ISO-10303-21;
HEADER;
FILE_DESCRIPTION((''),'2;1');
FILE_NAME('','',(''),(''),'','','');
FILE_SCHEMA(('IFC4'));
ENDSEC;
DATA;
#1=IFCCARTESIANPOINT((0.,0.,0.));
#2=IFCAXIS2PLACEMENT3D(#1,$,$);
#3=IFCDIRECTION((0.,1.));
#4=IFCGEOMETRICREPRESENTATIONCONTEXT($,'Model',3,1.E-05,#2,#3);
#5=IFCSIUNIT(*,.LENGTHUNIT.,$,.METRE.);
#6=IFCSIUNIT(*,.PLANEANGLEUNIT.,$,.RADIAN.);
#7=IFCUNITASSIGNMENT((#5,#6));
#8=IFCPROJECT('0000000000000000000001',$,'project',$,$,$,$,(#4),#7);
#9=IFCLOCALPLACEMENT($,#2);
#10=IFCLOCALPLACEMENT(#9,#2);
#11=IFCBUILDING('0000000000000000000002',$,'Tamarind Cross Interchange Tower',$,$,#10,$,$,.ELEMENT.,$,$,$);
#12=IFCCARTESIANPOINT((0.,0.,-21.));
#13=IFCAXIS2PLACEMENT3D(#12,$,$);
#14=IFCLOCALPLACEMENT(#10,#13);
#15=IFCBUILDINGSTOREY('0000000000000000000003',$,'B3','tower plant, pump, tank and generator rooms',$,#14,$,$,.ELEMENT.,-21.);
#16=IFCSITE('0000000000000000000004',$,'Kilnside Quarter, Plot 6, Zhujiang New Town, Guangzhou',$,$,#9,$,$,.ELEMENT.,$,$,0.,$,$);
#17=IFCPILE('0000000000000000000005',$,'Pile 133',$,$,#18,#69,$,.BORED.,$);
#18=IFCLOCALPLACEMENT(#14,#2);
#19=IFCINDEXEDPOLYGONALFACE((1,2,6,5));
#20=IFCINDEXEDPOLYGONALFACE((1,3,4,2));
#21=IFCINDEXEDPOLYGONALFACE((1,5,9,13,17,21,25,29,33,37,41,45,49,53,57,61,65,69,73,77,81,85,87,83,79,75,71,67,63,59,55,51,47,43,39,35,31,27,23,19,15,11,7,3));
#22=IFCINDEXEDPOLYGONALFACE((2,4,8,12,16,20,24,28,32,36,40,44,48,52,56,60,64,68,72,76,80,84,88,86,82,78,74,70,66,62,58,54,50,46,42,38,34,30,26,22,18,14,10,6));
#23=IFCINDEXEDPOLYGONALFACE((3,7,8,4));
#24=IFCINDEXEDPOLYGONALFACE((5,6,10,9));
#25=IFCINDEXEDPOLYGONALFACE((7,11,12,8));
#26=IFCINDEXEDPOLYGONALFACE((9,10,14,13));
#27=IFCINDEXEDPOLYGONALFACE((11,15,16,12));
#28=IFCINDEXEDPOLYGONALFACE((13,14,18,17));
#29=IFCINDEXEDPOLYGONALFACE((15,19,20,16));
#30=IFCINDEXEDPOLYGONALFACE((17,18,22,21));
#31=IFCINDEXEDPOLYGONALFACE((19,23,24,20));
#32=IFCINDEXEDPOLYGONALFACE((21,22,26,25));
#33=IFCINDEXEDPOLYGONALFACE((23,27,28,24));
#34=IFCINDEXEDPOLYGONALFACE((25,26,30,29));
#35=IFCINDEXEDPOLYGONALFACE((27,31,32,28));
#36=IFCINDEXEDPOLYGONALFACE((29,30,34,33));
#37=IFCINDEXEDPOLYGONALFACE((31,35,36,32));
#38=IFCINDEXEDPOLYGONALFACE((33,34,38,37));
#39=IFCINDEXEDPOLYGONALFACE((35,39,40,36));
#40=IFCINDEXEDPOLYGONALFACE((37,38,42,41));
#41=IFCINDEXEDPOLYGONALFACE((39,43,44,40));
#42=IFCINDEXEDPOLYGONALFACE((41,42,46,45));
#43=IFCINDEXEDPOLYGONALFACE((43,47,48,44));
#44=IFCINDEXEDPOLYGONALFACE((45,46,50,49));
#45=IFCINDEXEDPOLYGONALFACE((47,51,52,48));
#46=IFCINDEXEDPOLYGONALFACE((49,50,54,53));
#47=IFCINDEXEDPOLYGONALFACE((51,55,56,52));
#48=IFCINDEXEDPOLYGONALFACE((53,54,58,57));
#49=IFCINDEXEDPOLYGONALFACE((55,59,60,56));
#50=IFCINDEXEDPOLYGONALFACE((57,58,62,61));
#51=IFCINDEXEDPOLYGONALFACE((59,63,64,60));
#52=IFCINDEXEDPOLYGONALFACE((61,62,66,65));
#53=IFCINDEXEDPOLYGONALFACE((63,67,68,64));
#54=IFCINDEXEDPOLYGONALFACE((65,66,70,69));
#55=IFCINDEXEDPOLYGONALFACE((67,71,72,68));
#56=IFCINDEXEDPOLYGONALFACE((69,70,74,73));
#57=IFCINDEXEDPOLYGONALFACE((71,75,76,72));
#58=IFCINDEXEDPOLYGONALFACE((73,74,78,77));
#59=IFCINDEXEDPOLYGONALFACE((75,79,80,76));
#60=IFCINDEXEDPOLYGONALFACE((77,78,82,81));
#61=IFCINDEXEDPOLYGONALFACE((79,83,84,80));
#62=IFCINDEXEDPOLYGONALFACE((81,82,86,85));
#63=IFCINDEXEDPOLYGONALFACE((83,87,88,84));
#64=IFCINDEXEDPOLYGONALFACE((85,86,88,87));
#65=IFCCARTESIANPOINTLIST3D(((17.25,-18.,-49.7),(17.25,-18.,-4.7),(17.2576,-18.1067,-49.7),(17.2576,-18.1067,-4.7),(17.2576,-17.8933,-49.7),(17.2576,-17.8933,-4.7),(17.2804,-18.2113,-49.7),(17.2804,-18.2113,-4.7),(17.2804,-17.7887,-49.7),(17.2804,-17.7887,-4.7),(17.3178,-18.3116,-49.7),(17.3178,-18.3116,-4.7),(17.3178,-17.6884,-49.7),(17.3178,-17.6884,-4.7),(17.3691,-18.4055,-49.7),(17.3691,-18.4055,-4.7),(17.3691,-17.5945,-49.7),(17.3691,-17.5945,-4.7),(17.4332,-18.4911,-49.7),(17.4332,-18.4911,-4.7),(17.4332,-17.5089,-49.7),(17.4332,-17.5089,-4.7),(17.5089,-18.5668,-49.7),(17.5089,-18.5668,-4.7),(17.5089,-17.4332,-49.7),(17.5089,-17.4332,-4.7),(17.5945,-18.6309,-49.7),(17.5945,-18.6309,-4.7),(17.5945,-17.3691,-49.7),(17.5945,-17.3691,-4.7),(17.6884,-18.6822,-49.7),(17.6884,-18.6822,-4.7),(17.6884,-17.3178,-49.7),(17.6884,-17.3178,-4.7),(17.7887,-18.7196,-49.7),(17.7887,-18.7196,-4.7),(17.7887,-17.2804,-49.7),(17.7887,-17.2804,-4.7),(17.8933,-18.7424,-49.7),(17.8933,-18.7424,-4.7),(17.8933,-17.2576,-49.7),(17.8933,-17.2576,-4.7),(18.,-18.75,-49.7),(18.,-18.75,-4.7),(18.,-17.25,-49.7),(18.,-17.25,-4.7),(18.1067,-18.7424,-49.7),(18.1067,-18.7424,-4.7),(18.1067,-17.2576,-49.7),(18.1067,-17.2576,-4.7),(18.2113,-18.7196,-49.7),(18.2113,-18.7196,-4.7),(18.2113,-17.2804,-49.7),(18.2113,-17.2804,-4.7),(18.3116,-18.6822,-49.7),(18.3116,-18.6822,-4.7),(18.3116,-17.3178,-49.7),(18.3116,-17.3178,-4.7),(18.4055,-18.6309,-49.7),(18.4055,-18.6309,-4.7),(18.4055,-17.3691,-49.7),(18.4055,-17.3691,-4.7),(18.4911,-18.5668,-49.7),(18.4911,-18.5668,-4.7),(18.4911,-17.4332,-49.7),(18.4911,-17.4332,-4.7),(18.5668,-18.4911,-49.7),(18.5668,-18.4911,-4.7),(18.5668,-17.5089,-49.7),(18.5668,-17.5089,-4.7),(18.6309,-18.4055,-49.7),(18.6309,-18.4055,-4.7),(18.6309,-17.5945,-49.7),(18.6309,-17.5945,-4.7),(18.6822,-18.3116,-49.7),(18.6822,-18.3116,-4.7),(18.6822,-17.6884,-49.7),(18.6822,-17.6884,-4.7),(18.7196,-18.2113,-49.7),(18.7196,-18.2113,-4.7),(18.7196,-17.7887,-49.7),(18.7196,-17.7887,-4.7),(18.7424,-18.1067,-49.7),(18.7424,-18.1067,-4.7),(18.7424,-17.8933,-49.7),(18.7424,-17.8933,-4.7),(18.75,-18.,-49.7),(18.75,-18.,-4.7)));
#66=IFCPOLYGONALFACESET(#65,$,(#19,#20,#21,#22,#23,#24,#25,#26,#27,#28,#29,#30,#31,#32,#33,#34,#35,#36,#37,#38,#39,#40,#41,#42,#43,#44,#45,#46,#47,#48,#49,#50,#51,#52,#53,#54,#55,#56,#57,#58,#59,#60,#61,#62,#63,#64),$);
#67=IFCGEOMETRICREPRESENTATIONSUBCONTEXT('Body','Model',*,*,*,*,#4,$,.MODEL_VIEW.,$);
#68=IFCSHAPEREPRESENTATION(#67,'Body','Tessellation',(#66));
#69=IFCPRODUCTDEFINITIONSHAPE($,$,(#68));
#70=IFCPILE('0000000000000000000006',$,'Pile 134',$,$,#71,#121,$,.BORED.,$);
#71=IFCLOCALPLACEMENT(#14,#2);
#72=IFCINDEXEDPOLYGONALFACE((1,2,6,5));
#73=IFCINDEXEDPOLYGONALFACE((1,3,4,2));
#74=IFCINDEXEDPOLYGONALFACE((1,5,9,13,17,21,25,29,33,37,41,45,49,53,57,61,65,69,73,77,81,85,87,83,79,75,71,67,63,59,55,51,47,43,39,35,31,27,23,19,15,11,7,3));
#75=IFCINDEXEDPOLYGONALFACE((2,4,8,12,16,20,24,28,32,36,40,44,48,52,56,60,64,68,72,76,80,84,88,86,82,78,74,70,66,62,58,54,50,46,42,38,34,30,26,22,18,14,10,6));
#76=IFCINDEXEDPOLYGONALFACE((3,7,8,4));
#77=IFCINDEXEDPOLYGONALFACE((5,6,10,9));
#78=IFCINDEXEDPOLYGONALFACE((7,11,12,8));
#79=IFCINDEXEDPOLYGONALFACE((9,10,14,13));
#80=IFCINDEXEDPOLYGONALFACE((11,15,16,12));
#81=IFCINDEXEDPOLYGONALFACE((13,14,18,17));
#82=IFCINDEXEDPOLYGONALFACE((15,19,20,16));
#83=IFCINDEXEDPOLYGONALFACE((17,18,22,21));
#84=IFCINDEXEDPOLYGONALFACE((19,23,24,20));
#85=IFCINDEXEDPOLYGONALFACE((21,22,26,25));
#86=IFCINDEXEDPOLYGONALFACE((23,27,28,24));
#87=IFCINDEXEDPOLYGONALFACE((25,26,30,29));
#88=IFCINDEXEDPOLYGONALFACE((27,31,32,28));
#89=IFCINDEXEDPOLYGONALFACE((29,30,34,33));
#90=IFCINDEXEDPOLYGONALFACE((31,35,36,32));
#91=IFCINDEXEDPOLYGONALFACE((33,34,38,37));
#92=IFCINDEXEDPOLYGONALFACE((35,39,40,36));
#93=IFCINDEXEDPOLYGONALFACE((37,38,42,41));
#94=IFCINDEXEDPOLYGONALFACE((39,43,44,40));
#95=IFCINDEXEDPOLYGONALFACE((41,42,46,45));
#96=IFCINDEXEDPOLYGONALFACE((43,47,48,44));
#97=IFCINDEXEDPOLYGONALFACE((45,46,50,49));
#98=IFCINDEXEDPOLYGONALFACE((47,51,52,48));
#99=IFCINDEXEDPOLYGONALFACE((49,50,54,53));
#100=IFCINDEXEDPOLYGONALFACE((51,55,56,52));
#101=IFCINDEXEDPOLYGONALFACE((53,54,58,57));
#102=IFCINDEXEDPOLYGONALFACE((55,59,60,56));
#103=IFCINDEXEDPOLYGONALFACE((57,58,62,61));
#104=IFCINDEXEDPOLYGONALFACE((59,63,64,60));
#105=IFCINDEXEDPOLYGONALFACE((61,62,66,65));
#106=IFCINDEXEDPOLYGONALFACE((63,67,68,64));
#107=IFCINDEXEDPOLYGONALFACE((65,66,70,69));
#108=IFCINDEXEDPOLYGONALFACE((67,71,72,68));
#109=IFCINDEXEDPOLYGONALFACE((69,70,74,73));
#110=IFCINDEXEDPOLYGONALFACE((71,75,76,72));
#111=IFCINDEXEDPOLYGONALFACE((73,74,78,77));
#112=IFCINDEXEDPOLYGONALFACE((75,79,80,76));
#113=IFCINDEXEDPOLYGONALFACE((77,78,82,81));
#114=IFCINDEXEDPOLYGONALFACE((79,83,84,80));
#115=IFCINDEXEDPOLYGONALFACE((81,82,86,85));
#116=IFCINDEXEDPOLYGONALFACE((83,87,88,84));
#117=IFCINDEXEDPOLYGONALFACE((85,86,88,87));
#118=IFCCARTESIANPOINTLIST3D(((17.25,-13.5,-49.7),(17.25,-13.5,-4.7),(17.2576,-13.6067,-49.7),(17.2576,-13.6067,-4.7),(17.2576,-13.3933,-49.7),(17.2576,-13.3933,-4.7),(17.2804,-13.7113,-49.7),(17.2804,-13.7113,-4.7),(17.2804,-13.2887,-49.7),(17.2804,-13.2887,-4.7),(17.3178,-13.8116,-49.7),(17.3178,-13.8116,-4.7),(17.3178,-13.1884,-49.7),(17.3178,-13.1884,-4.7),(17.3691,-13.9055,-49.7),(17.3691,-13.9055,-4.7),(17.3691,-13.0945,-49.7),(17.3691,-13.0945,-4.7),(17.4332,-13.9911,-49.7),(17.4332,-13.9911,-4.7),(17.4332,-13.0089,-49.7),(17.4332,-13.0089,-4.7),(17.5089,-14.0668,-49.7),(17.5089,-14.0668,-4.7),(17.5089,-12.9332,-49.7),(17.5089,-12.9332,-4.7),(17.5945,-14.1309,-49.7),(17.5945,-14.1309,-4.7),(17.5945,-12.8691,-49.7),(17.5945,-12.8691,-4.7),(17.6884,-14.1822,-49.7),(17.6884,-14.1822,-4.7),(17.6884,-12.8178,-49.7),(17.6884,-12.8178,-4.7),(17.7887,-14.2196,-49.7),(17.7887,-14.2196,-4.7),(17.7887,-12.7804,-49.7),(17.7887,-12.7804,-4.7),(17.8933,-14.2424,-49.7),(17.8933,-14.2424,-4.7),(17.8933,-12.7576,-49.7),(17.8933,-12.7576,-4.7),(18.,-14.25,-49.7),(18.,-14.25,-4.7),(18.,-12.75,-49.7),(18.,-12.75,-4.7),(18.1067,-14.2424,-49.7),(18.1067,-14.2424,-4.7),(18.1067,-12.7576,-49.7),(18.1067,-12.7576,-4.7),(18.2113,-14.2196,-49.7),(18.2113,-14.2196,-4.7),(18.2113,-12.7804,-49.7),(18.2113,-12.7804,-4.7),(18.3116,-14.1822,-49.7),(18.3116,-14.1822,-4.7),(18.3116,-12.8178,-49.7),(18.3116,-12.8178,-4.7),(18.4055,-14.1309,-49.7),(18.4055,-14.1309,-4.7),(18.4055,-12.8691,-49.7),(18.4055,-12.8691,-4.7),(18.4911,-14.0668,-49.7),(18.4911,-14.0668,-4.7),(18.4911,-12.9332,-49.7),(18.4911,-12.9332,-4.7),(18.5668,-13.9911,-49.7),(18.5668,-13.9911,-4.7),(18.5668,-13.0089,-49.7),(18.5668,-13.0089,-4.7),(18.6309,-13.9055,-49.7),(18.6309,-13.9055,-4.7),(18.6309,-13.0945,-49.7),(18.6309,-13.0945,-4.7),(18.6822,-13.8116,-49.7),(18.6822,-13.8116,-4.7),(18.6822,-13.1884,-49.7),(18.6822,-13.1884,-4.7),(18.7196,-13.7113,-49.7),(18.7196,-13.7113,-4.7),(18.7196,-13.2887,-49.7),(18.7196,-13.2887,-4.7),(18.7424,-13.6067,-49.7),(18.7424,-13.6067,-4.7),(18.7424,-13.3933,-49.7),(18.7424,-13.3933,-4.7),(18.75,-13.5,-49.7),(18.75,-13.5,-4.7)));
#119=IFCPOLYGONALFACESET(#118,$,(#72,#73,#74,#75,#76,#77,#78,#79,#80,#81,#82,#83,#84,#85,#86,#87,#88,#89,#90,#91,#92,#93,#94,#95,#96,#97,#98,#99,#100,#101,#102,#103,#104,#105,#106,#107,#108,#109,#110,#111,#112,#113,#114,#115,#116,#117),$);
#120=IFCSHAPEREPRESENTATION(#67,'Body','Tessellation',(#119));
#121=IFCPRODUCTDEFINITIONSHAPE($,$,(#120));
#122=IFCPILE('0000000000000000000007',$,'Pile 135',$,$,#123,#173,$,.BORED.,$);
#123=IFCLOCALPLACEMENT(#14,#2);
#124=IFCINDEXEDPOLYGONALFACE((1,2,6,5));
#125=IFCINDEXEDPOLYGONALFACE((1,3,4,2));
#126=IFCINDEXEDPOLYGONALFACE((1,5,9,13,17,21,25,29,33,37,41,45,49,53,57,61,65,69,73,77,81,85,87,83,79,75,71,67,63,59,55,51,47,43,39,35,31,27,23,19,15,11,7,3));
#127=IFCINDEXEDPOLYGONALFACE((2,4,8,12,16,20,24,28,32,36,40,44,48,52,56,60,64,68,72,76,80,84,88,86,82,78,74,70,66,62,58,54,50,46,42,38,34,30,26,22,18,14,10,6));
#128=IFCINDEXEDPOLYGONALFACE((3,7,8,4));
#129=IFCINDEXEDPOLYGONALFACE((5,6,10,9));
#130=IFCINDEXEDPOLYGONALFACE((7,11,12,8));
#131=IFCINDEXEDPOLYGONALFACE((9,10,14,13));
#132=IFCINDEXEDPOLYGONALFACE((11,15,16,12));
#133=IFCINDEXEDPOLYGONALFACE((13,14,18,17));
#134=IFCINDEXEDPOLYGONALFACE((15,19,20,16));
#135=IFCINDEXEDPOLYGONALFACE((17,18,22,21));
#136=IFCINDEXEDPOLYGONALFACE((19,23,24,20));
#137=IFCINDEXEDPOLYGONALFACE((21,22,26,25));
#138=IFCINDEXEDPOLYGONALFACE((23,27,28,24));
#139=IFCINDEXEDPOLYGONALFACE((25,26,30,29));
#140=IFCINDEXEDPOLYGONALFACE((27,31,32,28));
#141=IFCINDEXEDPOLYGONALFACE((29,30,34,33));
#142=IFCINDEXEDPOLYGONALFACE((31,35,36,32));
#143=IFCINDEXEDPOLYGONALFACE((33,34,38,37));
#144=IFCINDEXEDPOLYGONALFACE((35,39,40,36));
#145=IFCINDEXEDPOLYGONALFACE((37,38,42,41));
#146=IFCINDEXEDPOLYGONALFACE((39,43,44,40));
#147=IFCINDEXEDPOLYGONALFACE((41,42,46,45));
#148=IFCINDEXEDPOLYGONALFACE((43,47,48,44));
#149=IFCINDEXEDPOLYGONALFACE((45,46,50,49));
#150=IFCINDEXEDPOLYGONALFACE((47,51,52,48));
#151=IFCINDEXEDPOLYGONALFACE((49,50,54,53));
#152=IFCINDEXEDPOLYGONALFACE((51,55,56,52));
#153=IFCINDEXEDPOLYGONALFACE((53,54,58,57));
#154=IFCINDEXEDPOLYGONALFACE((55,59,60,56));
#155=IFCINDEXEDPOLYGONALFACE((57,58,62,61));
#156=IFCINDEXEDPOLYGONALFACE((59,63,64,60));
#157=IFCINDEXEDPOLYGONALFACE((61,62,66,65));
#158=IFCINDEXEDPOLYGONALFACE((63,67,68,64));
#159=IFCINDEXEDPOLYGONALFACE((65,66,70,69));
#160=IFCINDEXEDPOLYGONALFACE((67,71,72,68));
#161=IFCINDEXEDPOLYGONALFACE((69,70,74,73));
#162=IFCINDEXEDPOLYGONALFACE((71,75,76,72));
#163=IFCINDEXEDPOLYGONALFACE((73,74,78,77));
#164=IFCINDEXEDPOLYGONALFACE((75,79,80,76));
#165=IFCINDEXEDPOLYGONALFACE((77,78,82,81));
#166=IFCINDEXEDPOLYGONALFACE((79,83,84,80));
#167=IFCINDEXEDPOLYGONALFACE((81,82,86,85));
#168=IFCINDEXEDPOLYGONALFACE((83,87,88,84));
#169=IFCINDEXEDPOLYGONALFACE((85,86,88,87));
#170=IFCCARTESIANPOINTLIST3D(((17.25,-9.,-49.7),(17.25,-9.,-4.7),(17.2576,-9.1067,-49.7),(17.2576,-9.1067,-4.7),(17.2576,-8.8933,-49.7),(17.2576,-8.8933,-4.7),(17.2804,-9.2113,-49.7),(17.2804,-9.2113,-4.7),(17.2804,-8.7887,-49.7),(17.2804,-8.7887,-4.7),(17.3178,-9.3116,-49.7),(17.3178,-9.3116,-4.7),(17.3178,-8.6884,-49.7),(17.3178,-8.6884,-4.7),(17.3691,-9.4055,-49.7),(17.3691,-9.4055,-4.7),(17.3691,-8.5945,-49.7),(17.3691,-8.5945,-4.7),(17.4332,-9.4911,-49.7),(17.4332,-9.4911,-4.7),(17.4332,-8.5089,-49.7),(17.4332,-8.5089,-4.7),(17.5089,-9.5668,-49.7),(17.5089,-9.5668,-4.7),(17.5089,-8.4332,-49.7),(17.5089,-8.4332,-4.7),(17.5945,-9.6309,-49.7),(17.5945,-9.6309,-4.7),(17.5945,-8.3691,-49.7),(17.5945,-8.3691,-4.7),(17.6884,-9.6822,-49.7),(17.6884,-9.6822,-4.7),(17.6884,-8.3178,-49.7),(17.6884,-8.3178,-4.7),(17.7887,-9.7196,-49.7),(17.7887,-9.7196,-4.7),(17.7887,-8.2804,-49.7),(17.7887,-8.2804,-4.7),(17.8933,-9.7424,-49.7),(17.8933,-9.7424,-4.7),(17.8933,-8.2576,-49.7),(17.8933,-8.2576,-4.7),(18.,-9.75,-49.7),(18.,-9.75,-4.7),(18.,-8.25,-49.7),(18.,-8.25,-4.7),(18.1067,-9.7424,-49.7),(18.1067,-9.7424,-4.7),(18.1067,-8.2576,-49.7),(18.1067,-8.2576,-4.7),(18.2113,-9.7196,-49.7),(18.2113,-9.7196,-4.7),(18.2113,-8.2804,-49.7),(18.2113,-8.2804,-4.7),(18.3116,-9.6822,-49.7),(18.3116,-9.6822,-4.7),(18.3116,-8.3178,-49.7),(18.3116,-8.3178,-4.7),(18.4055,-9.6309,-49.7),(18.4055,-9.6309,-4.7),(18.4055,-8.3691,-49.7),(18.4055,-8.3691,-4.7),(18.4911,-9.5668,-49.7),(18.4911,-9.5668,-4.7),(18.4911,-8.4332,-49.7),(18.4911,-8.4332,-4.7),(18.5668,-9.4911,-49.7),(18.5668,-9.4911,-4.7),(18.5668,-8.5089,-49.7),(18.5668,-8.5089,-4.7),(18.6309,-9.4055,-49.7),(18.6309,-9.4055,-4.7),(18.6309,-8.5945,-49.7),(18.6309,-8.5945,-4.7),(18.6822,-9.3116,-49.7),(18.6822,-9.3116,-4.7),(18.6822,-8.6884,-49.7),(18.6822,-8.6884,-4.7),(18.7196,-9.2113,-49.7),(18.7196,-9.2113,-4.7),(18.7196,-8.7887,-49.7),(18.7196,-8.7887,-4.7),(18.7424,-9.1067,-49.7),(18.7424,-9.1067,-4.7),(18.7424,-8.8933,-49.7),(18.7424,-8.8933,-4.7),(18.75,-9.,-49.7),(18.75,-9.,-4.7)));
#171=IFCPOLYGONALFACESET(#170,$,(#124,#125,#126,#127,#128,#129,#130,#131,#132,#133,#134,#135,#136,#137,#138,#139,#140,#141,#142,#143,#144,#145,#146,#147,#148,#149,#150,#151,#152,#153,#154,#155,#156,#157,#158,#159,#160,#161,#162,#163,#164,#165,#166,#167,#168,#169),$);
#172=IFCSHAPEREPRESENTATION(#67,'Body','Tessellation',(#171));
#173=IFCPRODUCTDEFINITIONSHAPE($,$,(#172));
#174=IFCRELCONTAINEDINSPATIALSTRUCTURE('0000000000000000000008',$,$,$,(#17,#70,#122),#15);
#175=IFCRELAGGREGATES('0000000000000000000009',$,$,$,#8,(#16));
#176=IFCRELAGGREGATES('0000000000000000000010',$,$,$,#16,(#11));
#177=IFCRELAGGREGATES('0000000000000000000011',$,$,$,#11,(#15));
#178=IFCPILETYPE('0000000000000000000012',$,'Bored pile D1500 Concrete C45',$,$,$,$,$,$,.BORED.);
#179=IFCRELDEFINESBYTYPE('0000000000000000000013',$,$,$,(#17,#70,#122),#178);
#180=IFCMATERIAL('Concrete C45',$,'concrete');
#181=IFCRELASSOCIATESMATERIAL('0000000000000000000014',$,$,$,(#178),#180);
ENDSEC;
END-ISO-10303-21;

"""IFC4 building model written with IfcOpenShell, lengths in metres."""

from ifc_helpers import new_model, si_unit, direction, frame, origin, origin_2d, place, context, subcontext, project, spatial, circle, extrude, material, material_profile, profile_set, type_object, element, save


model = new_model("IFC4")

# Units and contexts
model_context = context("Model", 3, precision=1e-05, world=origin(), true_north=direction((0.0, 1.0)))
body_context = subcontext(model_context, "Body", "Model", "MODEL_VIEW")
ifc_project = project(units=[si_unit("LENGTHUNIT", "METRE"), si_unit("PLANEANGLEUNIT", "RADIAN")], contexts=[model_context])

# Site, building, storey
site_placement = place(None, origin())
site = spatial("IfcSite", under=ifc_project, at=site_placement, Name="Kilnside Quarter, Plot 6, Zhujiang New Town, Guangzhou", CompositionType="ELEMENT", RefElevation=0.0)
building_placement = place(site_placement, origin())
building = spatial("IfcBuilding", under=site, at=building_placement, Name="Tamarind Cross Interchange Tower", CompositionType="ELEMENT")
storey_placement = place(building_placement, frame((0.0, 0.0, -21.0)))
storey = spatial("IfcBuildingStorey", under=building, at=storey_placement, Name="B3", Description="tower plant, pump, tank and generator rooms", CompositionType="ELEMENT", Elevation=-21.0)

# Piles
ifc_material_1 = material(Name="Concrete C45", Category="concrete")
ifc_material_profile_1 = material_profile(ifc_material_1, circle(Radius=0.75, at=origin_2d()), Name="RC D1500")
ifc_profile_set_1 = profile_set([ifc_material_profile_1], Name="Concrete C45")
pile_type = type_object("IfcPileType", Name="Bored pile D1500 Concrete C45", PredefinedType="BORED", material=ifc_profile_set_1)
for number, where, z_axis, x_axis, name in (
    (1, (18.0, -18.0, -4.7), (0.0, 0.0, -1.0), (1.0, 0.0, 0.0), "Pile 133"),
    (2, (18.0, -13.5, -4.7), (0.0, 0.0, -1.0), (1.0, 0.0, 0.0), "Pile 134"),
    (3, (18.0, -9.0, -4.7), (0.0, 0.0, -1.0), (1.0, 0.0, 0.0), "Pile 135"),
):
    element("IfcPile", number, at=place(storey_placement, frame(where, z_axis=z_axis, x_axis=x_axis)), inside=storey, type_object=pile_type, Name=name, PredefinedType="BORED", context=body_context, shape_type="SweptSolid", body=[
        extrude(circle(Radius=0.75, at=origin_2d()), origin(), (0.0, 0.0, 1.0), 45.0),
    ])

save(model, "model.ifc")
